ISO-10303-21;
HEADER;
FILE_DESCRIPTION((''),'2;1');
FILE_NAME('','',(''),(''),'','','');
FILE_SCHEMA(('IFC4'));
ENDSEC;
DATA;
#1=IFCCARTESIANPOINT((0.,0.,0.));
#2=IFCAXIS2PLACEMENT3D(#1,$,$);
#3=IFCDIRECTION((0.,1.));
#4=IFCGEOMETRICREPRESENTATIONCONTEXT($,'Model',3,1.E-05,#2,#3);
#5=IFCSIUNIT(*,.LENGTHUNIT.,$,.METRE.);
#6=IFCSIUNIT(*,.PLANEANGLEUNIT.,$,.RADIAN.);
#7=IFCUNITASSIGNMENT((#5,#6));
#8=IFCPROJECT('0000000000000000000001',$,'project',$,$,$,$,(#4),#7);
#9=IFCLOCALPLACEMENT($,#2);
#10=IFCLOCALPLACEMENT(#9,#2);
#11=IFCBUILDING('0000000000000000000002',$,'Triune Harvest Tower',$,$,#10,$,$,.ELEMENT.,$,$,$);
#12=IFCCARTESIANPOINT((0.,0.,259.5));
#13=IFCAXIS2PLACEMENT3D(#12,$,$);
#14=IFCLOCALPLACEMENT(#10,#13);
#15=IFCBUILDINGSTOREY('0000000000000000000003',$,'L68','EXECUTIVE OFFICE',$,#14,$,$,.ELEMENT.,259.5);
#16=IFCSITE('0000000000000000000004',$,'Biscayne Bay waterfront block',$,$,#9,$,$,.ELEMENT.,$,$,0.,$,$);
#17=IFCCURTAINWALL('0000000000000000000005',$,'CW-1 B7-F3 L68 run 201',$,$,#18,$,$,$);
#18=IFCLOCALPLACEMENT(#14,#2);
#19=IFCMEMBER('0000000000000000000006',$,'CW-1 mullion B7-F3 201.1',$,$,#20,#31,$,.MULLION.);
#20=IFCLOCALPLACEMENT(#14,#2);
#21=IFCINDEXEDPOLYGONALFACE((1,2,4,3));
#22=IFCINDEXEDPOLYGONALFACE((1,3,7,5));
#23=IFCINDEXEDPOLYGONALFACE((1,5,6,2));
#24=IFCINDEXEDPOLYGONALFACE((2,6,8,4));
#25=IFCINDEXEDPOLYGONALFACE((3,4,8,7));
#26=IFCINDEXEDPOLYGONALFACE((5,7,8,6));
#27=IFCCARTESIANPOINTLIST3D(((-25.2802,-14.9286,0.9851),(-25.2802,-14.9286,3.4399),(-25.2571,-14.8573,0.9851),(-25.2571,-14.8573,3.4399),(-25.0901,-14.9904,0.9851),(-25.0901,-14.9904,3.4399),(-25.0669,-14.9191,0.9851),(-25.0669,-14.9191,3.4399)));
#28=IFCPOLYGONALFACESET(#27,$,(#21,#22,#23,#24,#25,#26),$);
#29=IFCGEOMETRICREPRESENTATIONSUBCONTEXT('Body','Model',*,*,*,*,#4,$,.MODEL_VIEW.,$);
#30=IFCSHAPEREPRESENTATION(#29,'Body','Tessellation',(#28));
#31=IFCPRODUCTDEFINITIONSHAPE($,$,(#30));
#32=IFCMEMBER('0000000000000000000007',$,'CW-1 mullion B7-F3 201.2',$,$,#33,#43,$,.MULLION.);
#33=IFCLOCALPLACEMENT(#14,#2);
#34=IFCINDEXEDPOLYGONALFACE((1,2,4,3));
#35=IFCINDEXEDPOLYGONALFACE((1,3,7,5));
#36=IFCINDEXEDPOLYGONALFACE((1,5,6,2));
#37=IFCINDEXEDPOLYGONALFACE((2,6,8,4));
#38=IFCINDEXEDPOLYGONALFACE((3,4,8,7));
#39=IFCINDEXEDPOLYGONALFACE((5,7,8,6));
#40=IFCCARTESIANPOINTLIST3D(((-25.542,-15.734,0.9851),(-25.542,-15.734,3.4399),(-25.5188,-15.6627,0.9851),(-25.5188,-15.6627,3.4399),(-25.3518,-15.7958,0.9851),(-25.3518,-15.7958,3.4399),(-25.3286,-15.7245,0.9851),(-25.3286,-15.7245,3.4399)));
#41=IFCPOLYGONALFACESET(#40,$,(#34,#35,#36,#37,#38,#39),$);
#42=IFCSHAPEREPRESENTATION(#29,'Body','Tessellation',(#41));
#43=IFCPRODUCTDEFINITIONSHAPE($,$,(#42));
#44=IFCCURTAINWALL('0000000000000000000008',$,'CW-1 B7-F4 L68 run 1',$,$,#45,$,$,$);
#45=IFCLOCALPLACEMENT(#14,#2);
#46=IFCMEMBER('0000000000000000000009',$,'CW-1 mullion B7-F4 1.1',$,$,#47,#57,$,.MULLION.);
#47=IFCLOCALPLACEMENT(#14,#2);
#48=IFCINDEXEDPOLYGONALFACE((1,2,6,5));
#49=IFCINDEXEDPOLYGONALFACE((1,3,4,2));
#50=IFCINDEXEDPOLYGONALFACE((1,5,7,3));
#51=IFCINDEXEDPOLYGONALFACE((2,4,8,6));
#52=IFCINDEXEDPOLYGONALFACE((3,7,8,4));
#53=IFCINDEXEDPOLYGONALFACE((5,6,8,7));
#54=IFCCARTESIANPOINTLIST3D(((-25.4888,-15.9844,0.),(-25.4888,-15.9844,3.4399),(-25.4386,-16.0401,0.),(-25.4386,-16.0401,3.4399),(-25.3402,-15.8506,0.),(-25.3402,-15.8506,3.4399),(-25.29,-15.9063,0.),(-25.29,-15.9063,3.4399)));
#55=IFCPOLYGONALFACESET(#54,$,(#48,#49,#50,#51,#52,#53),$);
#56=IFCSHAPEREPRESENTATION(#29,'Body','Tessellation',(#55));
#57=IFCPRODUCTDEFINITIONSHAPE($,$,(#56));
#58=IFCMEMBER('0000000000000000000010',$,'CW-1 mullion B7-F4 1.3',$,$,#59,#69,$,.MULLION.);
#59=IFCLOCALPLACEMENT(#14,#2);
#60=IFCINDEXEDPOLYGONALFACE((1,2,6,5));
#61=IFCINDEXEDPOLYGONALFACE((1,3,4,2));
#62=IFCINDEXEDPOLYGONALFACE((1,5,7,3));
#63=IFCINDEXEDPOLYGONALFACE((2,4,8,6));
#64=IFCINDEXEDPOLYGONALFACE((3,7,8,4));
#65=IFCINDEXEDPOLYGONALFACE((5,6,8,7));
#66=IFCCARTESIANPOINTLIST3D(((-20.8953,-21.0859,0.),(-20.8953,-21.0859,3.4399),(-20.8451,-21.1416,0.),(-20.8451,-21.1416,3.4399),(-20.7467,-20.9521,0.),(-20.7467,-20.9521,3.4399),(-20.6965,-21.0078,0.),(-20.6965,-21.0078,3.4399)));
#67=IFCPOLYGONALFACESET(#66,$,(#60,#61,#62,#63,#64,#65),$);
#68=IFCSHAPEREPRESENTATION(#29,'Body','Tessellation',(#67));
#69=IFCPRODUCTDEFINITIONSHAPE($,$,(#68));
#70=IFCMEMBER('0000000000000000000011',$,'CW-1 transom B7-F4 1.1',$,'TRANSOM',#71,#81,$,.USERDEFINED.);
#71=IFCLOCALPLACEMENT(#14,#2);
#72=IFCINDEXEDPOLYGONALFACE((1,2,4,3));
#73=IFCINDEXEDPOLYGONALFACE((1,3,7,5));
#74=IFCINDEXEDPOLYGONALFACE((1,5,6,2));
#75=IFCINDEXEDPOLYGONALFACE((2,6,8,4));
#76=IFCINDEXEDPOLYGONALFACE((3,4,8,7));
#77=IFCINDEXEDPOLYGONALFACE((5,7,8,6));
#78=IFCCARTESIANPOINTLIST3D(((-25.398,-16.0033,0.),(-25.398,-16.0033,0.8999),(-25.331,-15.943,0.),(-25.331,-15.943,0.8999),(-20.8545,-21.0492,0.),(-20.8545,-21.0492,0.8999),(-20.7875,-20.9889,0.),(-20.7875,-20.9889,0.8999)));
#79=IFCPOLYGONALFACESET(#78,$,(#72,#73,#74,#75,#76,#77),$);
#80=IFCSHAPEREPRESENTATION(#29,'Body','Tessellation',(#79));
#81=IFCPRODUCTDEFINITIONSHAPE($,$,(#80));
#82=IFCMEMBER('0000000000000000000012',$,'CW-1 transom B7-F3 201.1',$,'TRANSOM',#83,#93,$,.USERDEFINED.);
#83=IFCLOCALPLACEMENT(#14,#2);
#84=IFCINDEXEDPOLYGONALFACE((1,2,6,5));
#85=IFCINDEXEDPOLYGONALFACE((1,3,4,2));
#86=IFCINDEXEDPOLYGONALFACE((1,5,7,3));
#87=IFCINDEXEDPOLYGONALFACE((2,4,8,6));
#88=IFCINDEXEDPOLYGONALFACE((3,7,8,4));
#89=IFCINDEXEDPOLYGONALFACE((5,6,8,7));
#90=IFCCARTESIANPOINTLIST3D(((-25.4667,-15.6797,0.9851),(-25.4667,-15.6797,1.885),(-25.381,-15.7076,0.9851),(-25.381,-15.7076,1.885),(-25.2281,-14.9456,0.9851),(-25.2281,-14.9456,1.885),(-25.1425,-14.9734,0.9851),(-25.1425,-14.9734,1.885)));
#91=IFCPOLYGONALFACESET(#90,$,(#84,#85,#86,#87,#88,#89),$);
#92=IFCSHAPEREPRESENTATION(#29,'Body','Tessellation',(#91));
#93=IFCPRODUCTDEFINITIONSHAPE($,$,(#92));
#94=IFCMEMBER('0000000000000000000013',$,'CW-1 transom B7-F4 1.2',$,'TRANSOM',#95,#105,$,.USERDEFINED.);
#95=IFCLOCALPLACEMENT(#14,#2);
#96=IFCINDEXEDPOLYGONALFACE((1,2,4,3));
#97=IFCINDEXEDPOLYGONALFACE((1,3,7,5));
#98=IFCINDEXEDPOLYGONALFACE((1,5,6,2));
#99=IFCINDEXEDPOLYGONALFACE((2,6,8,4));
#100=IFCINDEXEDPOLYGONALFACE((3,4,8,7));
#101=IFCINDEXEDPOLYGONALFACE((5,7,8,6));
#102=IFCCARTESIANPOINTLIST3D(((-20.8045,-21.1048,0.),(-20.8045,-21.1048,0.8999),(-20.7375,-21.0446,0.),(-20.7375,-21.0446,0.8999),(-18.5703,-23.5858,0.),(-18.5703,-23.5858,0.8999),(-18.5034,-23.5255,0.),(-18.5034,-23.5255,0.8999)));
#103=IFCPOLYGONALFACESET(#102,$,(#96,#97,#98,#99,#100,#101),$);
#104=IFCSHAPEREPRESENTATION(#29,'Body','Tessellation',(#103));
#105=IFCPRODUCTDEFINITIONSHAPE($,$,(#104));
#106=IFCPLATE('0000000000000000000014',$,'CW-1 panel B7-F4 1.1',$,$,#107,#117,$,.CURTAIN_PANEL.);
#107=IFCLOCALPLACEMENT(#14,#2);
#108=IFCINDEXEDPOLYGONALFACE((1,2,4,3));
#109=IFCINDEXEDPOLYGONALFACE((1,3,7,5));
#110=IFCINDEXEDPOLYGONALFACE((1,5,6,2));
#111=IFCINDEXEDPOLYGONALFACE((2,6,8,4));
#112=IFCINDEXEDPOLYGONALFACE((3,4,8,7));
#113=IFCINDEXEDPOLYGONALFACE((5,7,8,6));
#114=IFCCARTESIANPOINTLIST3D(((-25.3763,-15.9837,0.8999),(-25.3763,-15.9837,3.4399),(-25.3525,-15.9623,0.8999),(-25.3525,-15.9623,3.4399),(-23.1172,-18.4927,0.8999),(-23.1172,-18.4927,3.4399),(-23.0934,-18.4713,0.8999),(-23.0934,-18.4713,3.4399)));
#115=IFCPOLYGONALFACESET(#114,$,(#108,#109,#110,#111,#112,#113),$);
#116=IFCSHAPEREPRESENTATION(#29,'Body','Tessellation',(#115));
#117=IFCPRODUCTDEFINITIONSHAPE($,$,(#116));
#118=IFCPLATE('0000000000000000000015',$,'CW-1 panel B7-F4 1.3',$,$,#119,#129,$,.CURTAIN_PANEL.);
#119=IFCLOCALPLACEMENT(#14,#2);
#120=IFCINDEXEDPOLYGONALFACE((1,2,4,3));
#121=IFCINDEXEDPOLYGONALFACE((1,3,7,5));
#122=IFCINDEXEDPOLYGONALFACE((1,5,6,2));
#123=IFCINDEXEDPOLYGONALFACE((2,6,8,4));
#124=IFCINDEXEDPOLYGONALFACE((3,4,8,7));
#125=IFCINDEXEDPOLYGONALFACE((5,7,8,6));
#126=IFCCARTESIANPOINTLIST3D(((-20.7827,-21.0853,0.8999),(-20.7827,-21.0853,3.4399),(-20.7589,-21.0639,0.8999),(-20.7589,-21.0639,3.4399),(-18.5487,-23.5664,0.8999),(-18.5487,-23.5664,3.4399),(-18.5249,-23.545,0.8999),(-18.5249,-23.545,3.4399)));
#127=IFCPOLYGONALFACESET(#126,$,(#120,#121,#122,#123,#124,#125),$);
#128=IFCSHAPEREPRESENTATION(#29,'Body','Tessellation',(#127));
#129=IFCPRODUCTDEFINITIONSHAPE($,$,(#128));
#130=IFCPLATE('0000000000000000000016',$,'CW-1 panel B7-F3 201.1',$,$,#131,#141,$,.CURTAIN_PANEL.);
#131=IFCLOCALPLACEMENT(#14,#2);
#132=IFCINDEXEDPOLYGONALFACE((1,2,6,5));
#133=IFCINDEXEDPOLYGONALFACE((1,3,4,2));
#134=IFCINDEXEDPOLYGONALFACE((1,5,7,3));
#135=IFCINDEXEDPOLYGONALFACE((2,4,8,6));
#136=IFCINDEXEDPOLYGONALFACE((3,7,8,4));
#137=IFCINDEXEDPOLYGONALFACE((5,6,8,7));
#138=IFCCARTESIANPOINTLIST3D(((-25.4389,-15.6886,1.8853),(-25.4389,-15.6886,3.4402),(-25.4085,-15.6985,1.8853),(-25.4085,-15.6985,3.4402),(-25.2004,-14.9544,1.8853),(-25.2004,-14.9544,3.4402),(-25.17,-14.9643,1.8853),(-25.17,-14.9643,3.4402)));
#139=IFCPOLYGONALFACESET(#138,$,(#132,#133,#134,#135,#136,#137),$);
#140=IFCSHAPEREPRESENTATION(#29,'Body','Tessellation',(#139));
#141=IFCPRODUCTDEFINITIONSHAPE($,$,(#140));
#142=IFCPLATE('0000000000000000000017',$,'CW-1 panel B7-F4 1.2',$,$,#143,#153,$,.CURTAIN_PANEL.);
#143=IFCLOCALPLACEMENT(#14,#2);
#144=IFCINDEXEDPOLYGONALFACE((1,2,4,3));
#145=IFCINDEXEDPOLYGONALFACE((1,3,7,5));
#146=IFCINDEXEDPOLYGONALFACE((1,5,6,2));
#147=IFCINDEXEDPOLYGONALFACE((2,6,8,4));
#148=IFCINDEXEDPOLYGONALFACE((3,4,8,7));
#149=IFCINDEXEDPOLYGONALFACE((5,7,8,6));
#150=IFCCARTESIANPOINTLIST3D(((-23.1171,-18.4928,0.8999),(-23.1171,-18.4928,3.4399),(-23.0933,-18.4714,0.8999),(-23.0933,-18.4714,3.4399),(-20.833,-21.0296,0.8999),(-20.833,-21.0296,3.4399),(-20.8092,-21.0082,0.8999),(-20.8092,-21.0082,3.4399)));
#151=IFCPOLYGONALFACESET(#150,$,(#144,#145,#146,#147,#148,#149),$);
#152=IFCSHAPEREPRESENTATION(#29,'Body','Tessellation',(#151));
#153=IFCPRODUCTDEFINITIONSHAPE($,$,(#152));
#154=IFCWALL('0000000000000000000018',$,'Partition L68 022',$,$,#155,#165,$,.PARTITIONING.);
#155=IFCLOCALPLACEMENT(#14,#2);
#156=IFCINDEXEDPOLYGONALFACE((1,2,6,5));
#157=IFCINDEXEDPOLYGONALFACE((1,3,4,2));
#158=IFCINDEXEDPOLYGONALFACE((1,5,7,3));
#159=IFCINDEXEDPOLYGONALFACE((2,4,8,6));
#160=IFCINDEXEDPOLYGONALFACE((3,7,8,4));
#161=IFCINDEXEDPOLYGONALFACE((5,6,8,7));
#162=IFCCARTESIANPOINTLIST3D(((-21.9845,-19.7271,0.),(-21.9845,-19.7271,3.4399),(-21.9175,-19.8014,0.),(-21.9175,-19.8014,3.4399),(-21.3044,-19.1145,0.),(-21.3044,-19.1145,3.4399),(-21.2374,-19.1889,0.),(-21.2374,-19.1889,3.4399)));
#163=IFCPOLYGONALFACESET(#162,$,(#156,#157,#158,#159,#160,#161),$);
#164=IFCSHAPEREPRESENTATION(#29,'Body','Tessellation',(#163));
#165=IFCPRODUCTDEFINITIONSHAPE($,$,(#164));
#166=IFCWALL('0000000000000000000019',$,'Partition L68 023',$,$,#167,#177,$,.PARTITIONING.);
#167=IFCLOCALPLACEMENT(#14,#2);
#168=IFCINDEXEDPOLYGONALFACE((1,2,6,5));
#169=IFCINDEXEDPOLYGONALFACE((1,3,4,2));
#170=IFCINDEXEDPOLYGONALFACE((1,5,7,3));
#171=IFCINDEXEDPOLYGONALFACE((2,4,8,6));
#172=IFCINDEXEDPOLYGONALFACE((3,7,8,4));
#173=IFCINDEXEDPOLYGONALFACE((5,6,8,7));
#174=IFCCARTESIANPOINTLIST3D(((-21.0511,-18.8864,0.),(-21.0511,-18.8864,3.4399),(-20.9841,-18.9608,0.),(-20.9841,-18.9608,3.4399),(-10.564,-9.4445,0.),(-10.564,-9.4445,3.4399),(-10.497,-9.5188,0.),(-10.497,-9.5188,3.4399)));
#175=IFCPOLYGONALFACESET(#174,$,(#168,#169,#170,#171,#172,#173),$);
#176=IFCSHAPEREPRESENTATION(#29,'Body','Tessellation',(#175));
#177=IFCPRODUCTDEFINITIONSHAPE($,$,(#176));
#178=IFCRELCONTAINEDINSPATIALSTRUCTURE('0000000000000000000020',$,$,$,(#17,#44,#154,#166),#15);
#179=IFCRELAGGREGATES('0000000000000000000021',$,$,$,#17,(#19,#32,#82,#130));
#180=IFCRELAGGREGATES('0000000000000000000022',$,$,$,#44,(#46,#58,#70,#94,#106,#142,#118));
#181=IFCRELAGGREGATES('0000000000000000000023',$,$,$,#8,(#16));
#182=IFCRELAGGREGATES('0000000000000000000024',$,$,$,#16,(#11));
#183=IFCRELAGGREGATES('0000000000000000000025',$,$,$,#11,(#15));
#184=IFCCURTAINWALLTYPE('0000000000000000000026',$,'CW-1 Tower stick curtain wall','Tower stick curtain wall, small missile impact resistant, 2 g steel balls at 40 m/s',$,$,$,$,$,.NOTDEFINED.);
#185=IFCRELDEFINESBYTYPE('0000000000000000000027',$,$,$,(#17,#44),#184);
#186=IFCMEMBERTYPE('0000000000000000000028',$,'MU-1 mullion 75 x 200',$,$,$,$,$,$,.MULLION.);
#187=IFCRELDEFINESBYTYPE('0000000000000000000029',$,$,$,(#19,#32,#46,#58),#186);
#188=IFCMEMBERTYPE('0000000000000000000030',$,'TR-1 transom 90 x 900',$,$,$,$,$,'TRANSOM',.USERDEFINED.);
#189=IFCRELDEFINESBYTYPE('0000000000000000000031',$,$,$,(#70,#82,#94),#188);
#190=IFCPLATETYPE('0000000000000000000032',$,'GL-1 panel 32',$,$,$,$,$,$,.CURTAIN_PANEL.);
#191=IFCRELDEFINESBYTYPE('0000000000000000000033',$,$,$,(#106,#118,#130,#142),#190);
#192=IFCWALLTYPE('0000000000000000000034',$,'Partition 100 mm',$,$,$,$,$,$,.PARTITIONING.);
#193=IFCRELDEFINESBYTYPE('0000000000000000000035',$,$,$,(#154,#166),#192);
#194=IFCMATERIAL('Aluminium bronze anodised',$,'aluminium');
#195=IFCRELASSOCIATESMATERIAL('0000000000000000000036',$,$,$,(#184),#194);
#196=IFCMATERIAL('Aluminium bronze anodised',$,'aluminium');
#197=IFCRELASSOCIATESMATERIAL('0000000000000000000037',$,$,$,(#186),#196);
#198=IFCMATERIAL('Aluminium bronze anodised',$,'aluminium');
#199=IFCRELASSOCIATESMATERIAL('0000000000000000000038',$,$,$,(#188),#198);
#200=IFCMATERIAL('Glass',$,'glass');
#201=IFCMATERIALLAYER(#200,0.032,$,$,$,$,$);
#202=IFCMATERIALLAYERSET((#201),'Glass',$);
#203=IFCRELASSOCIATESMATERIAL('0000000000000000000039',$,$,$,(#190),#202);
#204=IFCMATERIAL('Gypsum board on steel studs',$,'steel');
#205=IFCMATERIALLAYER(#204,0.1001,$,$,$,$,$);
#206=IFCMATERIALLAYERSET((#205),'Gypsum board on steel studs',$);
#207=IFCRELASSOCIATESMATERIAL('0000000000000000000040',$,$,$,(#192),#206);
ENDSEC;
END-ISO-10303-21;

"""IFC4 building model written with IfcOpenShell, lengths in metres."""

from ifc_helpers import new_model, si_unit, direction, frame, frame_2d, origin, origin_2d, place, context, subcontext, project, spatial, rectangle, extrude, source, transform, mapped, material, layer, layer_set, material_profile, profile_set, type_object, element, aggregate, save


model = new_model("IFC4")

# Units and contexts
model_context = context("Model", 3, precision=1e-05, world=origin(), true_north=direction((0.0, 1.0)))
body_context = subcontext(model_context, "Body", "Model", "MODEL_VIEW")
ifc_project = project(units=[si_unit("LENGTHUNIT", "METRE"), si_unit("PLANEANGLEUNIT", "RADIAN")], contexts=[model_context])

# Site, building, storey
site_placement = place(None, origin())
site = spatial("IfcSite", under=ifc_project, at=site_placement, Name="Biscayne Bay waterfront block", CompositionType="ELEMENT", RefElevation=0.0)
building_placement = place(site_placement, origin())
building = spatial("IfcBuilding", under=site, at=building_placement, Name="Triune Harvest Tower", CompositionType="ELEMENT")
storey_placement = place(building_placement, frame((0.0, 0.0, 259.5)))
storey = spatial("IfcBuildingStorey", under=building, at=storey_placement, Name="L68", Description="EXECUTIVE OFFICE", CompositionType="ELEMENT", Elevation=259.5)

# Curtain walls, members
ifc_material_1 = material(Name="Aluminium bronze anodised", Category="aluminium")
curtain_wall_type = type_object("IfcCurtainWallType", Name="CW-1 Tower stick curtain wall", Description="Tower stick curtain wall, small missile impact resistant, 2 g steel balls at 40 m/s", PredefinedType="NOTDEFINED", material=ifc_material_1)
curtain_wall_1_placement = place(storey_placement, origin())
curtain_wall_1 = element("IfcCurtainWall", 1, at=curtain_wall_1_placement, inside=storey, type_object=curtain_wall_type, Name="CW-1 B7-F3 L68 run 201")
ifc_material_2 = material(Name="Aluminium bronze anodised", Category="aluminium")
ifc_material_profile_1 = material_profile(ifc_material_2, rectangle(XDim=0.2, YDim=0.075, at=origin_2d()), Name="MU-1 mullion 75 x 200")
ifc_profile_set_1 = profile_set([ifc_material_profile_1], Name="Aluminium bronze anodised")
member_type_1 = type_object("IfcMemberType", Name="MU-1 mullion 75 x 200", PredefinedType="MULLION", material=ifc_profile_set_1)
shared_shape_1 = source(origin(), body_context, "Body", "SweptSolid", [
    extrude(rectangle(XDim=0.2, YDim=0.075, at=origin_2d()), origin(), (0.0, 0.0, 1.0), 2.4548),
])
member_1_placement = place(storey_placement, frame((-25.1736, -14.9238, 0.9851), z_axis=(0.0, 0.0, 1.0), x_axis=(0.951053, -0.309027, 0.0)))
member_1 = element("IfcMember", 2, at=member_1_placement, type_object=member_type_1, Name="CW-1 mullion B7-F3 201.1", PredefinedType="MULLION", context=body_context, shape_type="MappedRepresentation", body=[
    mapped(shared_shape_1, transform((0.0, 0.0, 0.0), scale=1.0)),
])
member_2_placement = place(storey_placement, frame((-25.4353, -15.7292, 0.9851), z_axis=(0.0, 0.0, 1.0), x_axis=(0.951053, -0.309027, 0.0)))
member_2 = element("IfcMember", 3, at=member_2_placement, type_object=member_type_1, Name="CW-1 mullion B7-F3 201.2", PredefinedType="MULLION", context=body_context, shape_type="MappedRepresentation", body=[
    mapped(shared_shape_1, transform((0.0, 0.0, 0.0), scale=1.0)),
])
curtain_wall_2_placement = place(storey_placement, origin())
curtain_wall_2 = element("IfcCurtainWall", 4, at=curtain_wall_2_placement, inside=storey, type_object=curtain_wall_type, Name="CW-1 B7-F4 L68 run 1")
shared_shape_2 = source(origin(), body_context, "Body", "SweptSolid", [
    extrude(rectangle(XDim=0.2, YDim=0.075, at=origin_2d()), origin(), (0.0, 0.0, 1.0), 3.4399),
])
member_3_placement = place(storey_placement, frame((-25.3894, -15.9453, 0.0), z_axis=(0.0, 0.0, 1.0), x_axis=(0.743144, 0.669132, 0.0)))
member_3 = element("IfcMember", 5, at=member_3_placement, type_object=member_type_1, Name="CW-1 mullion B7-F4 1.1", PredefinedType="MULLION", context=body_context, shape_type="MappedRepresentation", body=[
    mapped(shared_shape_2, transform((0.0, 0.0, 0.0), scale=1.0)),
])
member_4_placement = place(storey_placement, frame((-20.7959, -21.0469, 0.0), z_axis=(0.0, 0.0, 1.0), x_axis=(0.743144, 0.669132, 0.0)))
member_4 = element("IfcMember", 6, at=member_4_placement, type_object=member_type_1, Name="CW-1 mullion B7-F4 1.3", PredefinedType="MULLION", context=body_context, shape_type="MappedRepresentation", body=[
    mapped(shared_shape_2, transform((0.0, 0.0, 0.0), scale=1.0)),
])
ifc_material_3 = material(Name="Aluminium bronze anodised", Category="aluminium")
ifc_material_profile_2 = material_profile(ifc_material_3, rectangle(XDim=0.0901, YDim=0.8999, at=origin_2d()), Name="TR-1 transom 90 x 900")
ifc_profile_set_2 = profile_set([ifc_material_profile_2], Name="Aluminium bronze anodised")
member_type_2 = type_object("IfcMemberType", Name="TR-1 transom 90 x 900", ElementType="TRANSOM", PredefinedType="USERDEFINED", material=ifc_profile_set_2)
shared_shape_3 = source(origin(), body_context, "Body", "SweptSolid", [
    extrude(rectangle(XDim=0.0901, YDim=0.8999, at=origin_2d()), origin(), (0.0, 0.0, 1.0), 6.79),
])
member_5_placement = place(storey_placement, frame((-25.3645, -15.9731, 0.45), z_axis=(0.66914, -0.743137, 0.0), x_axis=(0.743137, 0.66914, 0.0)))
member_5 = element("IfcMember", 7, at=member_5_placement, type_object=member_type_2, Name="CW-1 transom B7-F4 1.1", ObjectType="TRANSOM", PredefinedType="USERDEFINED", context=body_context, shape_type="MappedRepresentation", body=[
    mapped(shared_shape_3, transform((0.0, 0.0, 0.0), scale=1.0)),
])

# Members
shared_shape_4 = source(origin(), body_context, "Body", "SweptSolid", [
    extrude(rectangle(XDim=0.0901, YDim=0.8999, at=origin_2d()), origin(), (0.0, 0.0, 1.0), 0.772),
])
member_6_placement = place(storey_placement, frame((-25.1853, -14.9595, 1.4351), z_axis=(-0.309007, -0.95106, 0.0), x_axis=(0.95106, -0.309007, 0.0)))
member_6 = element("IfcMember", 8, at=member_6_placement, type_object=member_type_2, Name="CW-1 transom B7-F3 201.1", ObjectType="TRANSOM", PredefinedType="USERDEFINED", context=body_context, shape_type="MappedRepresentation", body=[
    mapped(shared_shape_4, transform((0.0, 0.0, 0.0), scale=1.0)),
])
shared_shape_5 = source(origin(), body_context, "Body", "SweptSolid", [
    extrude(rectangle(XDim=0.0901, YDim=0.8999, at=origin_2d()), origin(), (0.0, 0.0, 1.0), 3.3386),
])
member_7_placement = place(storey_placement, frame((-20.771, -21.0747, 0.45), z_axis=(0.669175, -0.743105, 0.0), x_axis=(0.743105, 0.669175, 0.0)))
member_7 = element("IfcMember", 9, at=member_7_placement, type_object=member_type_2, Name="CW-1 transom B7-F4 1.2", ObjectType="TRANSOM", PredefinedType="USERDEFINED", context=body_context, shape_type="MappedRepresentation", body=[
    mapped(shared_shape_5, transform((0.0, 0.0, 0.0), scale=1.0)),
])

# Plates
ifc_material_4 = material(Name="Glass", Category="glass")
ifc_layer_1 = layer(ifc_material_4, 0.032)
ifc_layer_set_1 = layer_set([ifc_layer_1], Name="Glass")
plate_type = type_object("IfcPlateType", Name="GL-1 panel 32", PredefinedType="CURTAIN_PANEL", material=ifc_layer_set_1)
shared_shape_6 = source(origin(), body_context, "Body", "SweptSolid", [
    extrude(rectangle(XDim=3.3762, YDim=0.032, at=origin_2d()), origin(), (0.0, 0.0, 1.0), 2.54),
])
plate_1_placement = place(storey_placement, frame((-24.2349, -17.2275, 0.8999), z_axis=(0.0, 0.0, 1.0), x_axis=(0.669132, -0.743144, 0.0)))
plate_1 = element("IfcPlate", 10, at=plate_1_placement, type_object=plate_type, Name="CW-1 panel B7-F4 1.1", PredefinedType="CURTAIN_PANEL", context=body_context, shape_type="MappedRepresentation", body=[
    mapped(shared_shape_6, transform((0.0, 0.0, 0.0), scale=1.0)),
])
shared_shape_7 = source(origin(), body_context, "Body", "SweptSolid", [
    extrude(rectangle(XDim=3.3386, YDim=0.032, at=origin_2d()), origin(), (0.0, 0.0, 1.0), 2.54),
])
plate_2_placement = place(storey_placement, frame((-19.6538, -22.3152, 0.8999), z_axis=(0.0, 0.0, 1.0), x_axis=(0.669132, -0.743144, 0.0)))
plate_2 = element("IfcPlate", 11, at=plate_2_placement, type_object=plate_type, Name="CW-1 panel B7-F4 1.3", PredefinedType="CURTAIN_PANEL", context=body_context, shape_type="MappedRepresentation", body=[
    mapped(shared_shape_7, transform((0.0, 0.0, 0.0), scale=1.0)),
])
shared_shape_8 = source(origin(), body_context, "Body", "SweptSolid", [
    extrude(rectangle(XDim=0.772, YDim=0.032, at=origin_2d()), origin(), (0.0, 0.0, 1.0), 1.5549),
])
plate_3_placement = place(storey_placement, frame((-25.3044, -15.3264, 1.8853), z_axis=(0.0, 0.0, 1.0), x_axis=(-0.309027, -0.951053, 0.0)))
plate_3 = element("IfcPlate", 12, at=plate_3_placement, type_object=plate_type, Name="CW-1 panel B7-F3 201.1", PredefinedType="CURTAIN_PANEL", context=body_context, shape_type="MappedRepresentation", body=[
    mapped(shared_shape_8, transform((0.0, 0.0, 0.0), scale=1.0)),
])
aggregate(curtain_wall_1, [member_1, member_2, member_6, plate_3])
shared_shape_9 = source(origin(), body_context, "Body", "SweptSolid", [
    extrude(rectangle(XDim=3.4136, YDim=0.032, at=origin_2d()), origin(), (0.0, 0.0, 1.0), 2.54),
])
plate_4_placement = place(storey_placement, frame((-21.9631, -19.7505, 0.8999), z_axis=(0.0, 0.0, 1.0), x_axis=(0.669132, -0.743144, 0.0)))
plate_4 = element("IfcPlate", 13, at=plate_4_placement, type_object=plate_type, Name="CW-1 panel B7-F4 1.2", PredefinedType="CURTAIN_PANEL", context=body_context, shape_type="MappedRepresentation", body=[
    mapped(shared_shape_9, transform((0.0, 0.0, 0.0), scale=1.0)),
])
aggregate(curtain_wall_2, [member_3, member_4, member_5, member_7, plate_1, plate_4, plate_2])

# Walls
ifc_material_5 = material(Name="Gypsum board on steel studs", Category="steel")
ifc_layer_2 = layer(ifc_material_5, 0.1001)
ifc_layer_set_2 = layer_set([ifc_layer_2], Name="Gypsum board on steel studs")
wall_type = type_object("IfcWallType", Name="Partition 100 mm", PredefinedType="PARTITIONING", material=ifc_layer_set_2)
shared_shape_10 = source(origin(), body_context, "Body", "SweptSolid", [
    extrude(rectangle(XDim=0.9153, YDim=0.1001, at=frame_2d((0.4575, 0.0))), origin(), (0.0, 0.0, 1.0), 3.4399),
])
wall_1_placement = place(storey_placement, frame((-21.9509, -19.7642, 0.0), z_axis=(0.0, 0.0, 1.0), x_axis=(0.743082, 0.6692, 0.0)))
element("IfcWall", 14, at=wall_1_placement, inside=storey, type_object=wall_type, Name="Partition L68 022", PredefinedType="PARTITIONING", context=body_context, shape_type="MappedRepresentation", body=[
    mapped(shared_shape_10, transform((0.0, 0.0, 0.0), scale=1.0)),
])
shared_shape_11 = source(origin(), body_context, "Body", "SweptSolid", [
    extrude(rectangle(XDim=14.1113, YDim=0.1001, at=frame_2d((7.0557, 0.0))), origin(), (0.0, 0.0, 1.0), 3.4399),
])
wall_2_placement = place(storey_placement, frame((-21.0176, -18.9236, 0.0), z_axis=(0.0, 0.0, 1.0), x_axis=(0.743169, 0.669103, 0.0)))
element("IfcWall", 15, at=wall_2_placement, inside=storey, type_object=wall_type, Name="Partition L68 023", PredefinedType="PARTITIONING", context=body_context, shape_type="MappedRepresentation", body=[
    mapped(shared_shape_11, transform((0.0, 0.0, 0.0), scale=1.0)),
])

save(model, "model.ifc")
